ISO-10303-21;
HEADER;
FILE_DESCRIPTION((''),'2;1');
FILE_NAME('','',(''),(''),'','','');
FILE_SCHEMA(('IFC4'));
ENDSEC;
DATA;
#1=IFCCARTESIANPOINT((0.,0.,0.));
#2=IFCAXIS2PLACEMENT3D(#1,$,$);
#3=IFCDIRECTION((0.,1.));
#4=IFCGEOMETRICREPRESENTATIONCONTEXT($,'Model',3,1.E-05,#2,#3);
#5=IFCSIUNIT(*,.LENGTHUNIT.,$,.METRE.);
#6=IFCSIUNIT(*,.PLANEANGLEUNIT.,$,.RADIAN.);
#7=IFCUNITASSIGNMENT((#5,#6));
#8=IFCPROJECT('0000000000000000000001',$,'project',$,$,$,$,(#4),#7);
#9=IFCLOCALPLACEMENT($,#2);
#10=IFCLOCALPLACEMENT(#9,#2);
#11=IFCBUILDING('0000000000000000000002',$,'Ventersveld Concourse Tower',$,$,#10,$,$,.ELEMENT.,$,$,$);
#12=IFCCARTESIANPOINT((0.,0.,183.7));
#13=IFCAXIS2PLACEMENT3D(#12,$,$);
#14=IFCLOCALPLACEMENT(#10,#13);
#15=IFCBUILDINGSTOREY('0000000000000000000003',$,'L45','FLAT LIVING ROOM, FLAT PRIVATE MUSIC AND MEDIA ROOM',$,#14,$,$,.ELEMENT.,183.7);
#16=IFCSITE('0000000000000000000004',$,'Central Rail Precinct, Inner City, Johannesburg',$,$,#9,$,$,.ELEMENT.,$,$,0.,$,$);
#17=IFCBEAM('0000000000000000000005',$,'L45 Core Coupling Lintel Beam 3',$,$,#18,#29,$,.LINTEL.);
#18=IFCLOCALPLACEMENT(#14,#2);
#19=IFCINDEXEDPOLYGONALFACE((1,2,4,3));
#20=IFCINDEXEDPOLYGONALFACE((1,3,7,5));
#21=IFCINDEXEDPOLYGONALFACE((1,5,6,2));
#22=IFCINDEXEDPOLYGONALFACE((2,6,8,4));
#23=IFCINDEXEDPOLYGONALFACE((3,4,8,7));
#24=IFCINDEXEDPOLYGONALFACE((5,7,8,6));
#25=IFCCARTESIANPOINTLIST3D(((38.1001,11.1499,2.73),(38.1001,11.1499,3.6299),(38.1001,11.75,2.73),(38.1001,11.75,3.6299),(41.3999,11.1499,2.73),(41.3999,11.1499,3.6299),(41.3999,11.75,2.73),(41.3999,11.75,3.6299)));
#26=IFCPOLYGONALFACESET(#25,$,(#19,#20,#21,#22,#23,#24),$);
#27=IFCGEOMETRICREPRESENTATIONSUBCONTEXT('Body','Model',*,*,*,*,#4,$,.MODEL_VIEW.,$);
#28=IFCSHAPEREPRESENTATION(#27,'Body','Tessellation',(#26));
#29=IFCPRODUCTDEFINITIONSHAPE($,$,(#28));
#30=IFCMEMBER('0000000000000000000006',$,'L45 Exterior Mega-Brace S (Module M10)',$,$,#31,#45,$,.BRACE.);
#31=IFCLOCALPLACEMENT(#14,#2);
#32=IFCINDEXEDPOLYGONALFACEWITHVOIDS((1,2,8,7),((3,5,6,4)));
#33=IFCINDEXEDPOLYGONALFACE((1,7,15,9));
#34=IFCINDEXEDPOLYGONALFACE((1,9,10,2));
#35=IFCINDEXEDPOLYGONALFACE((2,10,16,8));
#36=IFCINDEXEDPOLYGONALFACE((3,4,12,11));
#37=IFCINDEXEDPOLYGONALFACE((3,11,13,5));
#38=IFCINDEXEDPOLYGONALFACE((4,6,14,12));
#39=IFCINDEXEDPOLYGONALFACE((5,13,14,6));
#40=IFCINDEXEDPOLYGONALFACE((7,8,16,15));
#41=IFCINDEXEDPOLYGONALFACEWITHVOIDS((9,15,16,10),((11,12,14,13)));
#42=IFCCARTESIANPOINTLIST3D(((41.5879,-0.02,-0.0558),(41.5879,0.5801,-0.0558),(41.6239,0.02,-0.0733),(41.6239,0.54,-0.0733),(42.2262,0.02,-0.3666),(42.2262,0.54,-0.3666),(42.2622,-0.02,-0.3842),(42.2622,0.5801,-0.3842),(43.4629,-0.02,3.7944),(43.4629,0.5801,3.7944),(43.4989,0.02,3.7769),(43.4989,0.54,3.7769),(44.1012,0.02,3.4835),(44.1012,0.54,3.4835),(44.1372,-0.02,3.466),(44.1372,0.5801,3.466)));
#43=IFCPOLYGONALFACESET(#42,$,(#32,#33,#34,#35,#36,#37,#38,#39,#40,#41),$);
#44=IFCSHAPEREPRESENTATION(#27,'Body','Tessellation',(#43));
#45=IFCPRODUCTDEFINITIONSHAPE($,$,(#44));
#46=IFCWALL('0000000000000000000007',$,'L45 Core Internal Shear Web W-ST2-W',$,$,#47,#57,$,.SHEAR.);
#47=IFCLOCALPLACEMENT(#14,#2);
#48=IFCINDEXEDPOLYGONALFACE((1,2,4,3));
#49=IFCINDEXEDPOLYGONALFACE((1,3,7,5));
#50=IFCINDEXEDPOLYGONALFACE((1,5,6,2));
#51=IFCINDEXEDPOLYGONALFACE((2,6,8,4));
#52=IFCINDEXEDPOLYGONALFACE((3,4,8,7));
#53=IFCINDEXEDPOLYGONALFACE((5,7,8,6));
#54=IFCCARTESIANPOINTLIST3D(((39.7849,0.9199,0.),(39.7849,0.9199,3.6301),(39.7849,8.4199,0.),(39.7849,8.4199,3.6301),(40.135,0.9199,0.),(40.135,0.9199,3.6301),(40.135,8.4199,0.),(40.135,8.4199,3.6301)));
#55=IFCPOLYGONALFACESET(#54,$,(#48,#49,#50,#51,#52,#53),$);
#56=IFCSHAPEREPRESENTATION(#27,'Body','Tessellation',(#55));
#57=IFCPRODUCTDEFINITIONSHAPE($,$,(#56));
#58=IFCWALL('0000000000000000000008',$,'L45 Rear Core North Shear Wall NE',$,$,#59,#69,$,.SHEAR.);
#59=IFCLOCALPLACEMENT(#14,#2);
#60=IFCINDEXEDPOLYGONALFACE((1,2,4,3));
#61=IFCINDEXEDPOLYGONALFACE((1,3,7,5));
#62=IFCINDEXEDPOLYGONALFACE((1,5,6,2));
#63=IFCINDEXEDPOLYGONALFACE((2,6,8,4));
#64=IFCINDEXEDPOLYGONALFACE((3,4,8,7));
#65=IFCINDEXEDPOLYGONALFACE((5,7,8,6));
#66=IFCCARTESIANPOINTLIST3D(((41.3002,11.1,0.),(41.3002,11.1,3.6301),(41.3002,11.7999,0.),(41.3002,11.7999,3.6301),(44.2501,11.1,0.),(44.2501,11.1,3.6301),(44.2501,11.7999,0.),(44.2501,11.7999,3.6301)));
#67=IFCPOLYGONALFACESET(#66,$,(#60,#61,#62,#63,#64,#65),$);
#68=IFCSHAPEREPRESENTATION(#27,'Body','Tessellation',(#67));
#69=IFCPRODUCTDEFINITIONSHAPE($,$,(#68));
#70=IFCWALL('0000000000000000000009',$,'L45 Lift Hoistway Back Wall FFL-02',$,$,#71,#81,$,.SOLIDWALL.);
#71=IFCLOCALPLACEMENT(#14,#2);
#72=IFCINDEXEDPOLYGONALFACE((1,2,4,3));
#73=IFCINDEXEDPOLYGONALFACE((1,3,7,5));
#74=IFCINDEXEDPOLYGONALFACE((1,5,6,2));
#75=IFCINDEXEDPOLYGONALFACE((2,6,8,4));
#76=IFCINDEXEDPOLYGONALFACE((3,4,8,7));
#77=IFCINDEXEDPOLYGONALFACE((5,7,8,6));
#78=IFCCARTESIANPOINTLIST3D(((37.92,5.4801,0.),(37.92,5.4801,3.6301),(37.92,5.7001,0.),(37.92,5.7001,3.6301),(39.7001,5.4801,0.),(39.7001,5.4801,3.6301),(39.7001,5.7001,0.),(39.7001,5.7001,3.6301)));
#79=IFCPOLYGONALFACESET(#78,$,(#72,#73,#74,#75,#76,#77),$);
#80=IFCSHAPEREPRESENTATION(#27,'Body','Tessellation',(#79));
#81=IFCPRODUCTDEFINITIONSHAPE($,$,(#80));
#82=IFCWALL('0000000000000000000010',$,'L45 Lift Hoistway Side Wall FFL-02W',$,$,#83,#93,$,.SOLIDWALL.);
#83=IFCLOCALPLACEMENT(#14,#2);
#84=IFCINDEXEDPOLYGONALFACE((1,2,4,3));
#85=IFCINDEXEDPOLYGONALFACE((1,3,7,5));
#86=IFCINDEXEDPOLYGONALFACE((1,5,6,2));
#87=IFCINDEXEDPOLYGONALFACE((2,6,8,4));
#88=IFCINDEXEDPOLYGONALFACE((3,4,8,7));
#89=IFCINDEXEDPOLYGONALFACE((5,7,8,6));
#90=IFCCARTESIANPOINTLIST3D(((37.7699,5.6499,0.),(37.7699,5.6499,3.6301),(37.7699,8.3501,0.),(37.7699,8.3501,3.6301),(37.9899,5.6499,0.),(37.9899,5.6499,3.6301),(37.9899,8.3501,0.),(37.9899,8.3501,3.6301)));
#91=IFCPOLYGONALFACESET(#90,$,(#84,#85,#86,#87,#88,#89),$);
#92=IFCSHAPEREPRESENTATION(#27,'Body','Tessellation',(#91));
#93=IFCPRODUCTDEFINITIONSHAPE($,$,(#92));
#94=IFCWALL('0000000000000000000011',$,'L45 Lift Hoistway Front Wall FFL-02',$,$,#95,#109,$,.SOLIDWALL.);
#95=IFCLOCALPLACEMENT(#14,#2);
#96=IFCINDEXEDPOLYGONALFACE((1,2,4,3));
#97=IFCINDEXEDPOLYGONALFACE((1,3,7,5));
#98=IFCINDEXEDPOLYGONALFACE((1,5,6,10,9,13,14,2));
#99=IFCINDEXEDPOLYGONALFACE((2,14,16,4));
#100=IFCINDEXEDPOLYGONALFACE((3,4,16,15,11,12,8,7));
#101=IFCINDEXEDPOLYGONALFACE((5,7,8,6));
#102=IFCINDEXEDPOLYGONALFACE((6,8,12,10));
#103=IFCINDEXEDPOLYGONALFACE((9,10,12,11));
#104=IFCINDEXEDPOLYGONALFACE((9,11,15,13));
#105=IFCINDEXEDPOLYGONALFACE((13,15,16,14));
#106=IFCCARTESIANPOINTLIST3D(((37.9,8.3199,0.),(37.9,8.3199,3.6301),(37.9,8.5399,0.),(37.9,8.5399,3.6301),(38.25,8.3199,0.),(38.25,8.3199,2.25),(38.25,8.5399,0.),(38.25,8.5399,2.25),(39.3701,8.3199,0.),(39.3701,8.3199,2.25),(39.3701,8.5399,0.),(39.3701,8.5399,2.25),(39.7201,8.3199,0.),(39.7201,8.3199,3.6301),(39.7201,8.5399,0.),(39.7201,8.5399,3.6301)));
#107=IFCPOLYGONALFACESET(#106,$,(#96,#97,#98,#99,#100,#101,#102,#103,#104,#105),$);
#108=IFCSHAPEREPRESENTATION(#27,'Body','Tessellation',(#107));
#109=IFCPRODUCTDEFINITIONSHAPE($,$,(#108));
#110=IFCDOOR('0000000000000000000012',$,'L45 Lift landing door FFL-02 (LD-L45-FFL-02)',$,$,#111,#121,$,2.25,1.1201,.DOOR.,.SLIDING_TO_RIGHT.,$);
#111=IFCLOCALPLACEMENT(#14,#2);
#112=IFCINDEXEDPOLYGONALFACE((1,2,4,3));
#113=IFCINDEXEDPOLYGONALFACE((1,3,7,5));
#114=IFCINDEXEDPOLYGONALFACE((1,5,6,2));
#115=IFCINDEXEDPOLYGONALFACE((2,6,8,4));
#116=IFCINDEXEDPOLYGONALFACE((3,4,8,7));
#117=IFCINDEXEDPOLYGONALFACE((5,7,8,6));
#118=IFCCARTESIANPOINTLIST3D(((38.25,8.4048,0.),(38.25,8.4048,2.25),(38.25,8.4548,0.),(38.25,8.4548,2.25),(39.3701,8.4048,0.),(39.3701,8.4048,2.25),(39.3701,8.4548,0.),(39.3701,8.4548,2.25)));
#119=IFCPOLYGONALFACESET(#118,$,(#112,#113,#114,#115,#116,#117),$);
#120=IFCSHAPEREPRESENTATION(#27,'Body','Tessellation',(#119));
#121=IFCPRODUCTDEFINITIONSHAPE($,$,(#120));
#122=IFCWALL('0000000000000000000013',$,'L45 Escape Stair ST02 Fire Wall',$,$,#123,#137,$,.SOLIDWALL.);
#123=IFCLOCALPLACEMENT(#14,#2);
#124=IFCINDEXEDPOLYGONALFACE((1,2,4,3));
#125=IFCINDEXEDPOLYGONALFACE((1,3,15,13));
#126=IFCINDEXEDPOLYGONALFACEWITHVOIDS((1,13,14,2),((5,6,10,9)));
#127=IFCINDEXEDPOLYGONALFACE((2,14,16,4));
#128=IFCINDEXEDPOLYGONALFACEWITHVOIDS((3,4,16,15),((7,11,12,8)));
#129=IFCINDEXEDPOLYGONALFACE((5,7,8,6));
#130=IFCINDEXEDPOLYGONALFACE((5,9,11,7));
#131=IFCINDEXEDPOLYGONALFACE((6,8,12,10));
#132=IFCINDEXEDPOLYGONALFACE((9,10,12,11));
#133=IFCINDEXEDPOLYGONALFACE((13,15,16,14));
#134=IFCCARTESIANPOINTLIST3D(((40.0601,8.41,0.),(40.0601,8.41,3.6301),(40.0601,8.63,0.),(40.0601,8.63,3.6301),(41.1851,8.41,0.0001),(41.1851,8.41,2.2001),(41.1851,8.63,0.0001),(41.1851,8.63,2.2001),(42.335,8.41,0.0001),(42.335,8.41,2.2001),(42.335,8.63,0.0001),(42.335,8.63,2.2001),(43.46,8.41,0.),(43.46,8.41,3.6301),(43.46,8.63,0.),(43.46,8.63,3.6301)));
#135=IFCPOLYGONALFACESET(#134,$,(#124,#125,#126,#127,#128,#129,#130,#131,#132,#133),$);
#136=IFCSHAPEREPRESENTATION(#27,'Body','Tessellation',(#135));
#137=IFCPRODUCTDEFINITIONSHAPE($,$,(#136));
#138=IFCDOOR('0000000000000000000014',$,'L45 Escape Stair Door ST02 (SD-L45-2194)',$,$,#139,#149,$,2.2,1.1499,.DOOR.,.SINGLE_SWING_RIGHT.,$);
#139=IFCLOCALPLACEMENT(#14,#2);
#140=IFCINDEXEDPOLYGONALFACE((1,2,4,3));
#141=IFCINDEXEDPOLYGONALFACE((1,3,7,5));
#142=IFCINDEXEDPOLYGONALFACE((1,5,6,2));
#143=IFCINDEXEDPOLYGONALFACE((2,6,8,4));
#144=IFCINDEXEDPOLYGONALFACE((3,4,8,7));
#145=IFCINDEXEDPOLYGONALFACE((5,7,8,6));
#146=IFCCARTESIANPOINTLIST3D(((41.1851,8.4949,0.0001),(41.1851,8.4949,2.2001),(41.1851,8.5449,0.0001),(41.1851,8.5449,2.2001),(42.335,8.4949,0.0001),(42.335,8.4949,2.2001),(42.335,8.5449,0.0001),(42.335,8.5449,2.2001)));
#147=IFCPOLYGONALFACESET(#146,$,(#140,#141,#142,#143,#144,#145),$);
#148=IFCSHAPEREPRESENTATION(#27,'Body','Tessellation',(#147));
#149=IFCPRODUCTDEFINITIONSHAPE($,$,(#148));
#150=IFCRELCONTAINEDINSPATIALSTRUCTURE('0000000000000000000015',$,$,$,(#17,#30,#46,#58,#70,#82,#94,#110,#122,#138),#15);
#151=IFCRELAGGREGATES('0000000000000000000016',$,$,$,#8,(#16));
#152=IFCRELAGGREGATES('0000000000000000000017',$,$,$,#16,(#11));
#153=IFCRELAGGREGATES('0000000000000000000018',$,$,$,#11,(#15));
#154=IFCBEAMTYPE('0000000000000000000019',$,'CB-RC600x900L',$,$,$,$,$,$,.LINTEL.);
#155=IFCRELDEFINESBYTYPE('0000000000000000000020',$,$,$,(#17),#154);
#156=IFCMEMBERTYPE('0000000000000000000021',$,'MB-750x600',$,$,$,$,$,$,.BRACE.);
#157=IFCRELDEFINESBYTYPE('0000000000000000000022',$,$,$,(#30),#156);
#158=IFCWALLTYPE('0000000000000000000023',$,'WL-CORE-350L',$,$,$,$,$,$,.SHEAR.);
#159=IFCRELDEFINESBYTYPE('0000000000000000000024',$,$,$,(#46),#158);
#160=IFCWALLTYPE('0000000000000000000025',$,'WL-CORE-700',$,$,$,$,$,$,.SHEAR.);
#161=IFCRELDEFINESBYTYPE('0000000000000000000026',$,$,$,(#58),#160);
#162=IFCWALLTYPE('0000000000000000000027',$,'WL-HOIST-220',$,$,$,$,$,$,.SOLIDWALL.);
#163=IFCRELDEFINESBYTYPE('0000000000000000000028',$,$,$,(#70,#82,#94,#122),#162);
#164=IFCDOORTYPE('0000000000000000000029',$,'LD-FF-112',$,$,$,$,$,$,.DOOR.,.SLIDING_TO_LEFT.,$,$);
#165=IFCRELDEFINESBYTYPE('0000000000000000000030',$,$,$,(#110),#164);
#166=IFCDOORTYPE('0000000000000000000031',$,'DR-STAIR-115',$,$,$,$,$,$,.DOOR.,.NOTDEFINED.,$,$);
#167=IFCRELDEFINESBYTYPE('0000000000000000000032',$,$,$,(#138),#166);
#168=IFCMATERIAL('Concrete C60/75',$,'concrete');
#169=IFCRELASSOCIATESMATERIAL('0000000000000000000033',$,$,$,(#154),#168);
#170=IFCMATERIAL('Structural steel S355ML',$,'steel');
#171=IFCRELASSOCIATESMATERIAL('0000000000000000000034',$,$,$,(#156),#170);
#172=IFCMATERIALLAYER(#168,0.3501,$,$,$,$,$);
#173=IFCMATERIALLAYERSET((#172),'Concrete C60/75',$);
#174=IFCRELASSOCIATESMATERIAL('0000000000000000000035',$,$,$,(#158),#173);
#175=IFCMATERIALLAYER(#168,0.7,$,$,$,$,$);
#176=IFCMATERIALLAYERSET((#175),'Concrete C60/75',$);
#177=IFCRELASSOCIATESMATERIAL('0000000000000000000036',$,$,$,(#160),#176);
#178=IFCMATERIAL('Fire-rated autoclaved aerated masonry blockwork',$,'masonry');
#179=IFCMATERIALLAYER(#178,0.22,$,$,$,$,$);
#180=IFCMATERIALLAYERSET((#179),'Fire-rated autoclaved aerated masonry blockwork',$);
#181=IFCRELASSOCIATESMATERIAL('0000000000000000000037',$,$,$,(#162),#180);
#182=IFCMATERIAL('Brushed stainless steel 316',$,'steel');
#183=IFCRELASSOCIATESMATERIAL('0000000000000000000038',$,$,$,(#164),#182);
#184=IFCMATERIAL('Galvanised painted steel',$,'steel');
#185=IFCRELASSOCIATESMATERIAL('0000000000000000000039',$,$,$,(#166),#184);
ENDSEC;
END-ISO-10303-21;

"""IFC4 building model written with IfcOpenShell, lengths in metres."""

from ifc_helpers import new_model, si_unit, direction, frame, frame_2d, origin, origin_2d, place, context, subcontext, project, spatial, rectangle, hollow_rectangle, extrude, material, layer, layer_set, material_profile, profile_set, type_object, element, fill, save


model = new_model("IFC4")

# Units and contexts
model_context = context("Model", 3, precision=1e-05, world=origin(), true_north=direction((0.0, 1.0)))
body_context = subcontext(model_context, "Body", "Model", "MODEL_VIEW")
ifc_project = project(units=[si_unit("LENGTHUNIT", "METRE"), si_unit("PLANEANGLEUNIT", "RADIAN")], contexts=[model_context])

# Site, building, storey
site_placement = place(None, origin())
site = spatial("IfcSite", under=ifc_project, at=site_placement, Name="Central Rail Precinct, Inner City, Johannesburg", CompositionType="ELEMENT", RefElevation=0.0)
building_placement = place(site_placement, origin())
building = spatial("IfcBuilding", under=site, at=building_placement, Name="Ventersveld Concourse Tower", CompositionType="ELEMENT")
storey_placement = place(building_placement, frame((0.0, 0.0, 183.7)))
storey = spatial("IfcBuildingStorey", under=building, at=storey_placement, Name="L45", Description="FLAT LIVING ROOM, FLAT PRIVATE MUSIC AND MEDIA ROOM", CompositionType="ELEMENT", Elevation=183.7)

# Beam
ifc_material_1 = material(Name="Concrete C60/75", Category="concrete")
ifc_material_profile_1 = material_profile(ifc_material_1, rectangle(XDim=0.6001, YDim=0.8999, at=origin_2d()), Name="RC 600x900")
ifc_profile_set_1 = profile_set([ifc_material_profile_1], Name="Concrete C60/75")
beam_type = type_object("IfcBeamType", Name="CB-RC600x900L", PredefinedType="LINTEL", material=ifc_profile_set_1)
beam_placement = place(storey_placement, frame((38.1001, 11.45, 3.1799), z_axis=(1.0, 0.0, 0.0), x_axis=(0.0, 1.0, 0.0)))
element("IfcBeam", 1, at=beam_placement, inside=storey, type_object=beam_type, Name="L45 Core Coupling Lintel Beam 3", PredefinedType="LINTEL", context=body_context, shape_type="SweptSolid", body=[
    extrude(rectangle(XDim=0.6001, YDim=0.8999, at=origin_2d()), origin(), (0.0, 0.0, 1.0), 3.2998),
])

# Member
ifc_material_2 = material(Name="Structural steel S355ML", Category="steel")
ifc_material_profile_2 = material_profile(ifc_material_2, hollow_rectangle(XDim=0.6001, YDim=0.75, WallThickness=0.04, at=origin_2d()), Name="BOX 750x600x40")
ifc_profile_set_2 = profile_set([ifc_material_profile_2], Name="Structural steel S355ML")
member_type = type_object("IfcMemberType", Name="MB-750x600", PredefinedType="BRACE", material=ifc_profile_set_2)
member_placement = place(storey_placement, frame((41.925, 0.28, -0.22), z_axis=(0.437839, 0.0, 0.899053), x_axis=(0.0, 1.0, 0.0)))
element("IfcMember", 2, at=member_placement, inside=storey, type_object=member_type, Name="L45 Exterior Mega-Brace S (Module M10)", PredefinedType="BRACE", context=body_context, shape_type="SweptSolid", body=[
    extrude(hollow_rectangle(XDim=0.6001, YDim=0.75, WallThickness=0.04, at=origin_2d()), origin(), (0.0, 0.0, 1.0), 4.2825),
])

# Walls
ifc_layer_1 = layer(ifc_material_1, 0.3501)
ifc_layer_set_1 = layer_set([ifc_layer_1], Name="Concrete C60/75")
wall_type_1 = type_object("IfcWallType", Name="WL-CORE-350L", PredefinedType="SHEAR", material=ifc_layer_set_1)
wall_1_placement = place(storey_placement, frame((39.96, 0.9199, 0.0), z_axis=(0.0, 0.0, 1.0), x_axis=(0.0, 1.0, 0.0)))
element("IfcWall", 3, at=wall_1_placement, inside=storey, type_object=wall_type_1, Name="L45 Core Internal Shear Web W-ST2-W", PredefinedType="SHEAR", context=body_context, shape_type="SweptSolid", body=[
    extrude(rectangle(XDim=7.5, YDim=0.3501, at=frame_2d((3.75, 0.0))), origin(), (0.0, 0.0, 1.0), 3.6301),
])
ifc_layer_2 = layer(ifc_material_1, 0.7)
ifc_layer_set_2 = layer_set([ifc_layer_2], Name="Concrete C60/75")
wall_type_2 = type_object("IfcWallType", Name="WL-CORE-700", PredefinedType="SHEAR", material=ifc_layer_set_2)
wall_2_placement = place(storey_placement, frame((41.3, 11.45, 0.0), z_axis=(0.0, 0.0, 1.0), x_axis=(1.0, 0.0, 0.0)))
element("IfcWall", 4, at=wall_2_placement, inside=storey, type_object=wall_type_2, Name="L45 Rear Core North Shear Wall NE", PredefinedType="SHEAR", context=body_context, shape_type="SweptSolid", body=[
    extrude(rectangle(XDim=2.95, YDim=0.7, at=frame_2d((1.4751, 0.0))), origin(), (0.0, 0.0, 1.0), 3.6301),
])
ifc_material_3 = material(Name="Fire-rated autoclaved aerated masonry blockwork", Category="masonry")
ifc_layer_3 = layer(ifc_material_3, 0.22)
ifc_layer_set_3 = layer_set([ifc_layer_3], Name="Fire-rated autoclaved aerated masonry blockwork")
wall_type_3 = type_object("IfcWallType", Name="WL-HOIST-220", PredefinedType="SOLIDWALL", material=ifc_layer_set_3)
wall_3_placement = place(storey_placement, frame((37.9199, 5.5901, 0.0), z_axis=(0.0, 0.0, 1.0), x_axis=(1.0, 0.0, 0.0)))
element("IfcWall", 5, at=wall_3_placement, inside=storey, type_object=wall_type_3, Name="L45 Lift Hoistway Back Wall FFL-02", PredefinedType="SOLIDWALL", context=body_context, shape_type="SweptSolid", body=[
    extrude(rectangle(XDim=1.78, YDim=0.22, at=frame_2d((0.8901, 0.0))), origin(), (0.0, 0.0, 1.0), 3.6301),
])
wall_4_placement = place(storey_placement, frame((37.8799, 5.6499, 0.0), z_axis=(0.0, 0.0, 1.0), x_axis=(0.0, 1.0, 0.0)))
element("IfcWall", 6, at=wall_4_placement, inside=storey, type_object=wall_type_3, Name="L45 Lift Hoistway Side Wall FFL-02W", PredefinedType="SOLIDWALL", context=body_context, shape_type="SweptSolid", body=[
    extrude(rectangle(XDim=2.7002, YDim=0.22, at=frame_2d((1.3501, 0.0))), origin(), (0.0, 0.0, 1.0), 3.6301),
])

# Walls, openings, doors
wall_5_placement = place(storey_placement, frame((37.8999, 8.4299, 0.0), z_axis=(0.0, 0.0, 1.0), x_axis=(1.0, 0.0, 0.0)))
wall_5 = element("IfcWall", 7, at=wall_5_placement, inside=storey, type_object=wall_type_3, Name="L45 Lift Hoistway Front Wall FFL-02", PredefinedType="SOLIDWALL", context=body_context, shape_type="SweptSolid", body=[
    extrude(rectangle(XDim=1.8201, YDim=0.22, at=frame_2d((0.9102, 0.0))), origin(), (0.0, 0.0, 1.0), 3.6301),
])
opening_1_placement = place(wall_5_placement, frame((0.3501, 0.0, 0.0)))
opening_1 = element("IfcOpeningElement", 8, at=opening_1_placement, cuts=wall_5, PredefinedType="OPENING", context=body_context, shape_type="SweptSolid", body=[
    extrude(rectangle(XDim=1.1201, YDim=2.25, at=frame_2d((0.5601, 1.125))), frame((0.0, 0.1201, 0.0), z_axis=(0.0, -1.0, 0.0), x_axis=(1.0, 0.0, 0.0)), (0.0, 0.0, 1.0), 0.24),
])
ifc_material_4 = material(Name="Brushed stainless steel 316", Category="steel")
door_type_1 = type_object("IfcDoorType", Name="LD-FF-112", OperationType="SLIDING_TO_LEFT", PredefinedType="DOOR", material=ifc_material_4)
door_1_placement = place(opening_1_placement, origin())
door_1 = element("IfcDoor", 9, at=door_1_placement, inside=storey, type_object=door_type_1, Name="L45 Lift landing door FFL-02 (LD-L45-FFL-02)", OperationType="SLIDING_TO_RIGHT", OverallHeight=2.25, OverallWidth=1.1201, PredefinedType="DOOR", context=body_context, shape_type="SweptSolid", body=[
    extrude(rectangle(XDim=1.1201, YDim=2.25, at=frame_2d((0.5601, 1.125))), frame((0.0, 0.0249, 0.0), z_axis=(0.0, -1.0, 0.0), x_axis=(1.0, 0.0, 0.0)), (0.0, 0.0, 1.0), 0.05),
])
fill(opening_1, door_1)
wall_6_placement = place(storey_placement, frame((40.0601, 8.52, 0.0), z_axis=(0.0, 0.0, 1.0), x_axis=(1.0, 0.0, 0.0)))
wall_6 = element("IfcWall", 10, at=wall_6_placement, inside=storey, type_object=wall_type_3, Name="L45 Escape Stair ST02 Fire Wall", PredefinedType="SOLIDWALL", context=body_context, shape_type="SweptSolid", body=[
    extrude(rectangle(XDim=3.3999, YDim=0.22, at=frame_2d((1.7, 0.0))), origin(), (0.0, 0.0, 1.0), 3.6301),
])
opening_2_placement = place(wall_6_placement, frame((1.125, 0.0, 0.0)))
opening_2 = element("IfcOpeningElement", 11, at=opening_2_placement, cuts=wall_6, PredefinedType="OPENING", context=body_context, shape_type="SweptSolid", body=[
    extrude(rectangle(XDim=1.1499, YDim=2.2, at=frame_2d((0.575, 1.1001))), frame((0.0, 0.1201, 0.0), z_axis=(0.0, -1.0, 0.0), x_axis=(1.0, 0.0, 0.0)), (0.0, 0.0, 1.0), 0.24),
])
ifc_material_5 = material(Name="Galvanised painted steel", Category="steel")
door_type_2 = type_object("IfcDoorType", Name="DR-STAIR-115", OperationType="NOTDEFINED", PredefinedType="DOOR", material=ifc_material_5)
door_2_placement = place(opening_2_placement, origin())
door_2 = element("IfcDoor", 12, at=door_2_placement, inside=storey, type_object=door_type_2, Name="L45 Escape Stair Door ST02 (SD-L45-2194)", OperationType="SINGLE_SWING_RIGHT", OverallHeight=2.2, OverallWidth=1.1499, PredefinedType="DOOR", context=body_context, shape_type="SweptSolid", body=[
    extrude(rectangle(XDim=1.1499, YDim=2.2, at=frame_2d((0.575, 1.1001))), frame((0.0, 0.0249, 0.0), z_axis=(0.0, -1.0, 0.0), x_axis=(1.0, 0.0, 0.0)), (0.0, 0.0, 1.0), 0.05),
])
fill(opening_2, door_2)

save(model, "model.ifc")
